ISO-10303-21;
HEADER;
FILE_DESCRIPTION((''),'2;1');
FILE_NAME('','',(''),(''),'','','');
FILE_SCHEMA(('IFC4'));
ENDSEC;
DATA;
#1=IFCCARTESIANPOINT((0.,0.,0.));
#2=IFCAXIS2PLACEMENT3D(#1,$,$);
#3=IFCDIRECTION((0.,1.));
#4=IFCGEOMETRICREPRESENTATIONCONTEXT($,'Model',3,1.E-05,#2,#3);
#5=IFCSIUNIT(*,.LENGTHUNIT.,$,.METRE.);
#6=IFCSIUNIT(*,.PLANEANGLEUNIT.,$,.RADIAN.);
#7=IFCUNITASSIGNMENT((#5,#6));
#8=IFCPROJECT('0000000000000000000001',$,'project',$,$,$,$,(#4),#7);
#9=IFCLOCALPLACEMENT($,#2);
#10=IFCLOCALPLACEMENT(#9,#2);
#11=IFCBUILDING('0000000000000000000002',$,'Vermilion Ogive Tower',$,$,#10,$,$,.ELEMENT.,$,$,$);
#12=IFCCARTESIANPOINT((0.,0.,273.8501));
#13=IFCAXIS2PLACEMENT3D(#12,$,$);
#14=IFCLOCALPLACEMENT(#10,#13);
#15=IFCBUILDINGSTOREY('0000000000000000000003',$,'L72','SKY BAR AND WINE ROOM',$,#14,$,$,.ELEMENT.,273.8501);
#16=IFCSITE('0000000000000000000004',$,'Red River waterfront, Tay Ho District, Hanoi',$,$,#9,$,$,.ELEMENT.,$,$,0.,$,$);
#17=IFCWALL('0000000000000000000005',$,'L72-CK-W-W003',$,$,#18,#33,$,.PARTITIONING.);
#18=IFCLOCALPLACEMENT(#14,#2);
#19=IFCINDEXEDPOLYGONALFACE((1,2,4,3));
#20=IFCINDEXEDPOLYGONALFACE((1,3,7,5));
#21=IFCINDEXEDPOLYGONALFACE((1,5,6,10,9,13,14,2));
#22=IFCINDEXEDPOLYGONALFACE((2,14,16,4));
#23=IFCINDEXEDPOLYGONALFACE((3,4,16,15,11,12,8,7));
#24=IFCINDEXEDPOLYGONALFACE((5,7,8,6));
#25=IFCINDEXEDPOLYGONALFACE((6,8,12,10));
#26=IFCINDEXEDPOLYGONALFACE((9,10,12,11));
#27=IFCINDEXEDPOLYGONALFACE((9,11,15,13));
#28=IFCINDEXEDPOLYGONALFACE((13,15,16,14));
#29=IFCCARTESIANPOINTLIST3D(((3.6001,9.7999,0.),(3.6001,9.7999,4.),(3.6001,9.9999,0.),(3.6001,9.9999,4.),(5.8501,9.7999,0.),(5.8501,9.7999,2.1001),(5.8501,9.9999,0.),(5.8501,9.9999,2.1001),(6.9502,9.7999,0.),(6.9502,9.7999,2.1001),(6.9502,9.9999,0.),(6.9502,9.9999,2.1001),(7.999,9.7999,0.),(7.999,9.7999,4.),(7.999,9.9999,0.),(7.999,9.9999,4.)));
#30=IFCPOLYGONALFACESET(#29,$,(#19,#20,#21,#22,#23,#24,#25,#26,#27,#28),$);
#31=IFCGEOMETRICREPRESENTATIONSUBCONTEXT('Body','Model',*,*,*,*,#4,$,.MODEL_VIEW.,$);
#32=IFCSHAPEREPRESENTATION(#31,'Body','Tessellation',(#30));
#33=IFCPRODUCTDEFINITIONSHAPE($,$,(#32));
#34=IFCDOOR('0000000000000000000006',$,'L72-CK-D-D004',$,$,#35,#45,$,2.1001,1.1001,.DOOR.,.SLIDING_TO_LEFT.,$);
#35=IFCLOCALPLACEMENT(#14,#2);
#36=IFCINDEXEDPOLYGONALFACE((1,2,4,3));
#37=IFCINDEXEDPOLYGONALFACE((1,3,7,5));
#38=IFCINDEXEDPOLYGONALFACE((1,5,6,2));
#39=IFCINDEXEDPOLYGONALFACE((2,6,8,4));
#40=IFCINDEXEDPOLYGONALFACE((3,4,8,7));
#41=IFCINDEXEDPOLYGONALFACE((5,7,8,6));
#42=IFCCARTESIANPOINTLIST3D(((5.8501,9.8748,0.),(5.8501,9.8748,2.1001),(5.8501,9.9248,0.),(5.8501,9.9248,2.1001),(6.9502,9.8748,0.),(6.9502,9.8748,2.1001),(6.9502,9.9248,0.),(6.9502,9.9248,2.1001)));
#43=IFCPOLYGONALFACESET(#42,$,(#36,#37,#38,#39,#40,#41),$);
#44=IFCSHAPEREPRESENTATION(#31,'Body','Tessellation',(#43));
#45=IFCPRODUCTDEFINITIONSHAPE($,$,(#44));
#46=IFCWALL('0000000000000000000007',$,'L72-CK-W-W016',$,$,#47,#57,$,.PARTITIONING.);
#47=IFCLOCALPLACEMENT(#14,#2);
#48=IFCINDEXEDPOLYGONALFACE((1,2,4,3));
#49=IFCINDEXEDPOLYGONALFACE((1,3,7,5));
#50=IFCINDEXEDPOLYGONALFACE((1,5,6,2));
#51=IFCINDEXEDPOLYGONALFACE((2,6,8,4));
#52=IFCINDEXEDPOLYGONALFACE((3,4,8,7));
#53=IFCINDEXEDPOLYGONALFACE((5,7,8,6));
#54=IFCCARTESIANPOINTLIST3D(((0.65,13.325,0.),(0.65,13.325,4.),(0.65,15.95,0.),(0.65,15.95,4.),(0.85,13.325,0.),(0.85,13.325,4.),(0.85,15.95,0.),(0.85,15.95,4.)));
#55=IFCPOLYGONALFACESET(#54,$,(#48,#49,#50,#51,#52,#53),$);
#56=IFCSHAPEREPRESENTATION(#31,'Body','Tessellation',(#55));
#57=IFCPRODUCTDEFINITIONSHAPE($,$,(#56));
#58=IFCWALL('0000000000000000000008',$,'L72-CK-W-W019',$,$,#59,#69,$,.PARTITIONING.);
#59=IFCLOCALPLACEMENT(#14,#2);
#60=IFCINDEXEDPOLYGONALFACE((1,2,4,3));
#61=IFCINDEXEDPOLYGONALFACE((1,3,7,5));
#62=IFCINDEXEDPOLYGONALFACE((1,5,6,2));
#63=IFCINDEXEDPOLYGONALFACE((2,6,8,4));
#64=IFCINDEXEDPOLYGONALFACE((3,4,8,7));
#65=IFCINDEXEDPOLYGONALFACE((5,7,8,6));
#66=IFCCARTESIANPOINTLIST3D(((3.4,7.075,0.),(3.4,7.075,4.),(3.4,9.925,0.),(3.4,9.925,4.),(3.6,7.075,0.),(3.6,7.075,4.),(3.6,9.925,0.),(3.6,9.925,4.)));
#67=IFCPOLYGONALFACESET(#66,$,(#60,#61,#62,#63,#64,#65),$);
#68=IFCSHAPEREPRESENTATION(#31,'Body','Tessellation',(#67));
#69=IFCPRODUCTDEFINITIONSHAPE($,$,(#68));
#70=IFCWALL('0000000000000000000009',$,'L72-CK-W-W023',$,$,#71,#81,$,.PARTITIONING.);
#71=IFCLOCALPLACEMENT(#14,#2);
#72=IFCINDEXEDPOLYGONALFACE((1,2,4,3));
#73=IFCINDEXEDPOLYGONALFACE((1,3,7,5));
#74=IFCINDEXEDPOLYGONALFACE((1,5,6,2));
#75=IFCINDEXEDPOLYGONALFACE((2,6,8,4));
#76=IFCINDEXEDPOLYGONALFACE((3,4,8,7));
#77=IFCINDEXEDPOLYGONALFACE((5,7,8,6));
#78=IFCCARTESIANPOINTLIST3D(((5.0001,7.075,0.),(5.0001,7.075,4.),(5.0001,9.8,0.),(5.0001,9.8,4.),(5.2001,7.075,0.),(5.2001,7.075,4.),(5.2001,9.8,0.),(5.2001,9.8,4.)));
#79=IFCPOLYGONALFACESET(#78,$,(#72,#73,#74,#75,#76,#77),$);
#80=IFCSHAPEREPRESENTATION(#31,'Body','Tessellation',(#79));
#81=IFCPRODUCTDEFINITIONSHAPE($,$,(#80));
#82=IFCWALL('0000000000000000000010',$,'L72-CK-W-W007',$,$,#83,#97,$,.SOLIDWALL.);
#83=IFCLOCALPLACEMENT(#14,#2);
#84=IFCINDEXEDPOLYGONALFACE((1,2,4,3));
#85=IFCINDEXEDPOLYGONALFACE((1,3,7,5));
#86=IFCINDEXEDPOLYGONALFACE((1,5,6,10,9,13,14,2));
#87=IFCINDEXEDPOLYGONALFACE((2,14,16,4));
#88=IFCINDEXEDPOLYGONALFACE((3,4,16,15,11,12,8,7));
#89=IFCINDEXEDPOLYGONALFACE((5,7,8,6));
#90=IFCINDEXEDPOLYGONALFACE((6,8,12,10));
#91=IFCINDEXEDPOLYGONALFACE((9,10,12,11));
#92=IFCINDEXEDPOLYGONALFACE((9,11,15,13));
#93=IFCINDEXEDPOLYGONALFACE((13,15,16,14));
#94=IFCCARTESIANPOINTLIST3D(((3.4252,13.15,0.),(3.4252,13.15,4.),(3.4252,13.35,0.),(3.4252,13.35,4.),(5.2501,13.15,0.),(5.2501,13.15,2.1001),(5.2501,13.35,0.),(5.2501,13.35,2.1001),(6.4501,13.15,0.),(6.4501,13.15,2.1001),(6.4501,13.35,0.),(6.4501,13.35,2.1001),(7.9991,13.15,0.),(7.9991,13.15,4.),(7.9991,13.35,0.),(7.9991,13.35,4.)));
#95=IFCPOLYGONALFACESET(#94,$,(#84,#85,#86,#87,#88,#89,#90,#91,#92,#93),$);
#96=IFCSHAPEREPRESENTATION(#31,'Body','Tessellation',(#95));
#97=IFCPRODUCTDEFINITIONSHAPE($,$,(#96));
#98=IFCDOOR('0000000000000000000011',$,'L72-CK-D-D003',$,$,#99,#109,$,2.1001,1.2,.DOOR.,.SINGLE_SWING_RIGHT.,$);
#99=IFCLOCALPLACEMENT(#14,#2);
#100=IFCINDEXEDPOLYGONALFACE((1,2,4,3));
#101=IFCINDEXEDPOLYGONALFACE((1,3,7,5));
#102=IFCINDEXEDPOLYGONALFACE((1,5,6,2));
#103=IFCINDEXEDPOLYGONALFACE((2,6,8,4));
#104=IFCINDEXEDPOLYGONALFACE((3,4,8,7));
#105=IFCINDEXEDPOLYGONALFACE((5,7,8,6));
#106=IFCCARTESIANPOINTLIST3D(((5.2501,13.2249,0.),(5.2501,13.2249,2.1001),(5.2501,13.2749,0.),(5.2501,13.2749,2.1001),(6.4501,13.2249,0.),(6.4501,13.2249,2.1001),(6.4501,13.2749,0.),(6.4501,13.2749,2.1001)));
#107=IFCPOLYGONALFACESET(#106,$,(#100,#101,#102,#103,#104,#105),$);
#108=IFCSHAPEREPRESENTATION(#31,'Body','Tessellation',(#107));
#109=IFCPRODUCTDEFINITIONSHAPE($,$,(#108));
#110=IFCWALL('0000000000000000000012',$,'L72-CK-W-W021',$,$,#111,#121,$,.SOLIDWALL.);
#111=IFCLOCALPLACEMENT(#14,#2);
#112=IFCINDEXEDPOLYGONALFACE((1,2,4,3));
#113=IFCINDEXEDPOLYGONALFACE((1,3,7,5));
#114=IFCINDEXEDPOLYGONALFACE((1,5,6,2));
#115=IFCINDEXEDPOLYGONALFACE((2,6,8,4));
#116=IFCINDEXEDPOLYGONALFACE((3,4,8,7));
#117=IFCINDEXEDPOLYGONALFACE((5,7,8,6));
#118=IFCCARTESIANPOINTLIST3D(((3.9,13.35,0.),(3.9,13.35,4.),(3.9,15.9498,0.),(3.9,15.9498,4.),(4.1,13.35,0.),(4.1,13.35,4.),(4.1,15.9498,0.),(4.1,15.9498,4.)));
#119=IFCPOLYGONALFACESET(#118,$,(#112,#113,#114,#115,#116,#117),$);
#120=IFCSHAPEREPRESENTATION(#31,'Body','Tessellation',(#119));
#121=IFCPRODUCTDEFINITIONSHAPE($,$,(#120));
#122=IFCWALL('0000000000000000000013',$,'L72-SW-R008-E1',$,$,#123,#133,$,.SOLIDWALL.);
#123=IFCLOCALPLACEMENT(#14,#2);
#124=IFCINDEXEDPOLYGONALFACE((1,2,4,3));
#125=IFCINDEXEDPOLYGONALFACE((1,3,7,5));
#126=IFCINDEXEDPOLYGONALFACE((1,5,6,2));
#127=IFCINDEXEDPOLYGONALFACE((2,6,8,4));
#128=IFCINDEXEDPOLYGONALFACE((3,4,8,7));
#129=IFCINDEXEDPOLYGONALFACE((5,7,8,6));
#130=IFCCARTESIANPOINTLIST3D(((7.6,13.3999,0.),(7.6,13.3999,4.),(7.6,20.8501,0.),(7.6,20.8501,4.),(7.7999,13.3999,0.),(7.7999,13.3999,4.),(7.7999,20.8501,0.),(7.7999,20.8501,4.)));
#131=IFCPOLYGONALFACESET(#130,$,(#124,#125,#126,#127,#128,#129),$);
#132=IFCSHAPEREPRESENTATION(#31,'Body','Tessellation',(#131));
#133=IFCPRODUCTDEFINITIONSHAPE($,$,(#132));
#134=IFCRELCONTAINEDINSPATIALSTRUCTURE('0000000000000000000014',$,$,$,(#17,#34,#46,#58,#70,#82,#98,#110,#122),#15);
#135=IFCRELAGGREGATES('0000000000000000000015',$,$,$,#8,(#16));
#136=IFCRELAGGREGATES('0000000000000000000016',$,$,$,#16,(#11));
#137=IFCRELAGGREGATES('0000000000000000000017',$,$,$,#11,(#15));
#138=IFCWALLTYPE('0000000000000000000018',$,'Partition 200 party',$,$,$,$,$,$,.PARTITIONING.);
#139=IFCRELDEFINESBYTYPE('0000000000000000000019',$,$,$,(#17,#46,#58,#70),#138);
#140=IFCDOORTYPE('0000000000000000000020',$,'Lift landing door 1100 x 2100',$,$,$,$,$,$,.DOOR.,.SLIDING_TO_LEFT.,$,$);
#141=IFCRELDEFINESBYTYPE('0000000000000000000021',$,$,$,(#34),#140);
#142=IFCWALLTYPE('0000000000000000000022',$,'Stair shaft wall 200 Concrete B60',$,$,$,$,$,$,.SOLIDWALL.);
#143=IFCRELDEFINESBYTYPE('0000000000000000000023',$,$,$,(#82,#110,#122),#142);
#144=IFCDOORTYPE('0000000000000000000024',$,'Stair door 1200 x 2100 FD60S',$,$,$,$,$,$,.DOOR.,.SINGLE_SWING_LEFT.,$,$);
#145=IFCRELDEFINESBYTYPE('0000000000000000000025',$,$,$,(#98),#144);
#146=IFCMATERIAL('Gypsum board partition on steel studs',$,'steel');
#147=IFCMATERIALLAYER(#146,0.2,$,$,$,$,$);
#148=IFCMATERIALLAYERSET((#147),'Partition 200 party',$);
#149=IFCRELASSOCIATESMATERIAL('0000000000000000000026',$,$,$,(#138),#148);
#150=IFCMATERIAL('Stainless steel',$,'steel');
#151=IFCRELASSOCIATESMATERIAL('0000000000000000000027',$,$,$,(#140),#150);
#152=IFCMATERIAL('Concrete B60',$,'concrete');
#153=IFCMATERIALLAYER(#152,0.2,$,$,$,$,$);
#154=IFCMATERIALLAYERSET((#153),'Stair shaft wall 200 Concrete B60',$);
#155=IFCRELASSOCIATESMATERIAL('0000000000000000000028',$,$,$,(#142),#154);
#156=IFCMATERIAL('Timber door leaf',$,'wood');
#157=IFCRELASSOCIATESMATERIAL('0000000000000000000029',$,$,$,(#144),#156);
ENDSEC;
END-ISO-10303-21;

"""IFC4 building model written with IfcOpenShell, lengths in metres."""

from ifc_helpers import new_model, si_unit, direction, frame, frame_2d, origin, place, context, subcontext, project, spatial, rectangle, extrude, material, layer, layer_set, type_object, element, fill, save


model = new_model("IFC4")

# Units and contexts
model_context = context("Model", 3, precision=1e-05, world=origin(), true_north=direction((0.0, 1.0)))
body_context = subcontext(model_context, "Body", "Model", "MODEL_VIEW")
ifc_project = project(units=[si_unit("LENGTHUNIT", "METRE"), si_unit("PLANEANGLEUNIT", "RADIAN")], contexts=[model_context])

# Site, building, storey
site_placement = place(None, origin())
site = spatial("IfcSite", under=ifc_project, at=site_placement, Name="Red River waterfront, Tay Ho District, Hanoi", CompositionType="ELEMENT", RefElevation=0.0)
building_placement = place(site_placement, origin())
building = spatial("IfcBuilding", under=site, at=building_placement, Name="Vermilion Ogive Tower", CompositionType="ELEMENT")
storey_placement = place(building_placement, frame((0.0, 0.0, 273.8501)))
storey = spatial("IfcBuildingStorey", under=building, at=storey_placement, Name="L72", Description="SKY BAR AND WINE ROOM", CompositionType="ELEMENT", Elevation=273.8501)

# Wall, opening, door
ifc_material_1 = material(Name="Gypsum board partition on steel studs", Category="steel")
ifc_layer_1 = layer(ifc_material_1, 0.2)
ifc_layer_set_1 = layer_set([ifc_layer_1], Name="Partition 200 party")
wall_type_1 = type_object("IfcWallType", Name="Partition 200 party", PredefinedType="PARTITIONING", material=ifc_layer_set_1)
wall_1_placement = place(storey_placement, frame((3.6001, 9.8999, 0.0), z_axis=(0.0, 0.0, 1.0), x_axis=(1.0, 0.0, 0.0)))
wall_1 = element("IfcWall", 1, at=wall_1_placement, inside=storey, type_object=wall_type_1, Name="L72-CK-W-W003", PredefinedType="PARTITIONING", context=body_context, shape_type="SweptSolid", body=[
    extrude(rectangle(XDim=4.3989, YDim=0.2, at=frame_2d((2.1995, 0.0))), origin(), (0.0, 0.0, 1.0), 4.0),
])
opening_1_placement = place(wall_1_placement, frame((2.25, 0.0, 0.0)))
opening_1 = element("IfcOpeningElement", 2, at=opening_1_placement, cuts=wall_1, PredefinedType="OPENING", context=body_context, shape_type="SweptSolid", body=[
    extrude(rectangle(XDim=1.1001, YDim=2.1001, at=frame_2d((0.55, 1.05))), frame((0.0, 0.1099, 0.0), z_axis=(0.0, -1.0, 0.0), x_axis=(1.0, 0.0, 0.0)), (0.0, 0.0, 1.0), 0.22),
])
ifc_material_2 = material(Name="Stainless steel", Category="steel")
door_type_1 = type_object("IfcDoorType", Name="Lift landing door 1100 x 2100", OperationType="SLIDING_TO_LEFT", PredefinedType="DOOR", material=ifc_material_2)
door_1_placement = place(opening_1_placement, origin())
door_1 = element("IfcDoor", 3, at=door_1_placement, inside=storey, type_object=door_type_1, Name="L72-CK-D-D004", OperationType="SLIDING_TO_LEFT", OverallHeight=2.1001, OverallWidth=1.1001, PredefinedType="DOOR", context=body_context, shape_type="SweptSolid", body=[
    extrude(rectangle(XDim=1.1001, YDim=2.1001, at=frame_2d((0.55, 1.05))), frame((0.0, 0.0249, 0.0), z_axis=(0.0, -1.0, 0.0), x_axis=(1.0, 0.0, 0.0)), (0.0, 0.0, 1.0), 0.05),
])
fill(opening_1, door_1)

# Walls
wall_2_placement = place(storey_placement, frame((0.75, 13.325, 0.0), z_axis=(0.0, 0.0, 1.0), x_axis=(0.0, 1.0, 0.0)))
element("IfcWall", 4, at=wall_2_placement, inside=storey, type_object=wall_type_1, Name="L72-CK-W-W016", PredefinedType="PARTITIONING", context=body_context, shape_type="SweptSolid", body=[
    extrude(rectangle(XDim=2.625, YDim=0.2, at=frame_2d((1.3125, 0.0))), origin(), (0.0, 0.0, 1.0), 4.0),
])
wall_3_placement = place(storey_placement, frame((3.5, 7.075, 0.0), z_axis=(0.0, 0.0, 1.0), x_axis=(0.0, 1.0, 0.0)))
element("IfcWall", 5, at=wall_3_placement, inside=storey, type_object=wall_type_1, Name="L72-CK-W-W019", PredefinedType="PARTITIONING", context=body_context, shape_type="SweptSolid", body=[
    extrude(rectangle(XDim=2.8501, YDim=0.2, at=frame_2d((1.425, 0.0))), origin(), (0.0, 0.0, 1.0), 4.0),
])
wall_4_placement = place(storey_placement, frame((5.1001, 7.075, 0.0), z_axis=(0.0, 0.0, 1.0), x_axis=(0.0, 1.0, 0.0)))
element("IfcWall", 6, at=wall_4_placement, inside=storey, type_object=wall_type_1, Name="L72-CK-W-W023", PredefinedType="PARTITIONING", context=body_context, shape_type="SweptSolid", body=[
    extrude(rectangle(XDim=2.7251, YDim=0.2, at=frame_2d((1.3625, 0.0))), origin(), (0.0, 0.0, 1.0), 4.0),
])

# Wall, opening, door
ifc_material_3 = material(Name="Concrete B60", Category="concrete")
ifc_layer_2 = layer(ifc_material_3, 0.2)
ifc_layer_set_2 = layer_set([ifc_layer_2], Name="Stair shaft wall 200 Concrete B60")
wall_type_2 = type_object("IfcWallType", Name="Stair shaft wall 200 Concrete B60", PredefinedType="SOLIDWALL", material=ifc_layer_set_2)
wall_5_placement = place(storey_placement, frame((3.425, 13.25, 0.0), z_axis=(0.0, 0.0, 1.0), x_axis=(1.0, 0.0, 0.0)))
wall_5 = element("IfcWall", 7, at=wall_5_placement, inside=storey, type_object=wall_type_2, Name="L72-CK-W-W007", PredefinedType="SOLIDWALL", context=body_context, shape_type="SweptSolid", body=[
    extrude(rectangle(XDim=4.574, YDim=0.2, at=frame_2d((2.2871, 0.0))), origin(), (0.0, 0.0, 1.0), 4.0),
])
opening_2_placement = place(wall_5_placement, frame((1.825, 0.0, 0.0)))
opening_2 = element("IfcOpeningElement", 8, at=opening_2_placement, cuts=wall_5, PredefinedType="OPENING", context=body_context, shape_type="SweptSolid", body=[
    extrude(rectangle(XDim=1.2, YDim=2.1001, at=frame_2d((0.6001, 1.05))), frame((0.0, 0.1099, 0.0), z_axis=(0.0, -1.0, 0.0), x_axis=(1.0, 0.0, 0.0)), (0.0, 0.0, 1.0), 0.22),
])
ifc_material_4 = material(Name="Timber door leaf", Category="wood")
door_type_2 = type_object("IfcDoorType", Name="Stair door 1200 x 2100 FD60S", OperationType="SINGLE_SWING_LEFT", PredefinedType="DOOR", material=ifc_material_4)
door_2_placement = place(opening_2_placement, origin())
door_2 = element("IfcDoor", 9, at=door_2_placement, inside=storey, type_object=door_type_2, Name="L72-CK-D-D003", OperationType="SINGLE_SWING_RIGHT", OverallHeight=2.1001, OverallWidth=1.2, PredefinedType="DOOR", context=body_context, shape_type="SweptSolid", body=[
    extrude(rectangle(XDim=1.2, YDim=2.1001, at=frame_2d((0.6001, 1.05))), frame((0.0, 0.0249, 0.0), z_axis=(0.0, -1.0, 0.0), x_axis=(1.0, 0.0, 0.0)), (0.0, 0.0, 1.0), 0.05),
])
fill(opening_2, door_2)

# Walls
wall_6_placement = place(storey_placement, frame((4.0, 13.3501, 0.0), z_axis=(0.0, 0.0, 1.0), x_axis=(0.0, 1.0, 0.0)))
element("IfcWall", 10, at=wall_6_placement, inside=storey, type_object=wall_type_2, Name="L72-CK-W-W021", PredefinedType="SOLIDWALL", context=body_context, shape_type="SweptSolid", body=[
    extrude(rectangle(XDim=2.5999, YDim=0.2, at=frame_2d((1.2998, 0.0))), origin(), (0.0, 0.0, 1.0), 4.0),
])
wall_7_placement = place(storey_placement, frame((7.7, 13.3999, 0.0), z_axis=(0.0, 0.0, 1.0), x_axis=(0.0, 1.0, 0.0)))
element("IfcWall", 11, at=wall_7_placement, inside=storey, type_object=wall_type_2, Name="L72-SW-R008-E1", PredefinedType="SOLIDWALL", context=body_context, shape_type="SweptSolid", body=[
    extrude(rectangle(XDim=7.4502, YDim=0.2, at=frame_2d((3.7251, 0.0))), origin(), (0.0, 0.0, 1.0), 4.0),
])

save(model, "model.ifc")
